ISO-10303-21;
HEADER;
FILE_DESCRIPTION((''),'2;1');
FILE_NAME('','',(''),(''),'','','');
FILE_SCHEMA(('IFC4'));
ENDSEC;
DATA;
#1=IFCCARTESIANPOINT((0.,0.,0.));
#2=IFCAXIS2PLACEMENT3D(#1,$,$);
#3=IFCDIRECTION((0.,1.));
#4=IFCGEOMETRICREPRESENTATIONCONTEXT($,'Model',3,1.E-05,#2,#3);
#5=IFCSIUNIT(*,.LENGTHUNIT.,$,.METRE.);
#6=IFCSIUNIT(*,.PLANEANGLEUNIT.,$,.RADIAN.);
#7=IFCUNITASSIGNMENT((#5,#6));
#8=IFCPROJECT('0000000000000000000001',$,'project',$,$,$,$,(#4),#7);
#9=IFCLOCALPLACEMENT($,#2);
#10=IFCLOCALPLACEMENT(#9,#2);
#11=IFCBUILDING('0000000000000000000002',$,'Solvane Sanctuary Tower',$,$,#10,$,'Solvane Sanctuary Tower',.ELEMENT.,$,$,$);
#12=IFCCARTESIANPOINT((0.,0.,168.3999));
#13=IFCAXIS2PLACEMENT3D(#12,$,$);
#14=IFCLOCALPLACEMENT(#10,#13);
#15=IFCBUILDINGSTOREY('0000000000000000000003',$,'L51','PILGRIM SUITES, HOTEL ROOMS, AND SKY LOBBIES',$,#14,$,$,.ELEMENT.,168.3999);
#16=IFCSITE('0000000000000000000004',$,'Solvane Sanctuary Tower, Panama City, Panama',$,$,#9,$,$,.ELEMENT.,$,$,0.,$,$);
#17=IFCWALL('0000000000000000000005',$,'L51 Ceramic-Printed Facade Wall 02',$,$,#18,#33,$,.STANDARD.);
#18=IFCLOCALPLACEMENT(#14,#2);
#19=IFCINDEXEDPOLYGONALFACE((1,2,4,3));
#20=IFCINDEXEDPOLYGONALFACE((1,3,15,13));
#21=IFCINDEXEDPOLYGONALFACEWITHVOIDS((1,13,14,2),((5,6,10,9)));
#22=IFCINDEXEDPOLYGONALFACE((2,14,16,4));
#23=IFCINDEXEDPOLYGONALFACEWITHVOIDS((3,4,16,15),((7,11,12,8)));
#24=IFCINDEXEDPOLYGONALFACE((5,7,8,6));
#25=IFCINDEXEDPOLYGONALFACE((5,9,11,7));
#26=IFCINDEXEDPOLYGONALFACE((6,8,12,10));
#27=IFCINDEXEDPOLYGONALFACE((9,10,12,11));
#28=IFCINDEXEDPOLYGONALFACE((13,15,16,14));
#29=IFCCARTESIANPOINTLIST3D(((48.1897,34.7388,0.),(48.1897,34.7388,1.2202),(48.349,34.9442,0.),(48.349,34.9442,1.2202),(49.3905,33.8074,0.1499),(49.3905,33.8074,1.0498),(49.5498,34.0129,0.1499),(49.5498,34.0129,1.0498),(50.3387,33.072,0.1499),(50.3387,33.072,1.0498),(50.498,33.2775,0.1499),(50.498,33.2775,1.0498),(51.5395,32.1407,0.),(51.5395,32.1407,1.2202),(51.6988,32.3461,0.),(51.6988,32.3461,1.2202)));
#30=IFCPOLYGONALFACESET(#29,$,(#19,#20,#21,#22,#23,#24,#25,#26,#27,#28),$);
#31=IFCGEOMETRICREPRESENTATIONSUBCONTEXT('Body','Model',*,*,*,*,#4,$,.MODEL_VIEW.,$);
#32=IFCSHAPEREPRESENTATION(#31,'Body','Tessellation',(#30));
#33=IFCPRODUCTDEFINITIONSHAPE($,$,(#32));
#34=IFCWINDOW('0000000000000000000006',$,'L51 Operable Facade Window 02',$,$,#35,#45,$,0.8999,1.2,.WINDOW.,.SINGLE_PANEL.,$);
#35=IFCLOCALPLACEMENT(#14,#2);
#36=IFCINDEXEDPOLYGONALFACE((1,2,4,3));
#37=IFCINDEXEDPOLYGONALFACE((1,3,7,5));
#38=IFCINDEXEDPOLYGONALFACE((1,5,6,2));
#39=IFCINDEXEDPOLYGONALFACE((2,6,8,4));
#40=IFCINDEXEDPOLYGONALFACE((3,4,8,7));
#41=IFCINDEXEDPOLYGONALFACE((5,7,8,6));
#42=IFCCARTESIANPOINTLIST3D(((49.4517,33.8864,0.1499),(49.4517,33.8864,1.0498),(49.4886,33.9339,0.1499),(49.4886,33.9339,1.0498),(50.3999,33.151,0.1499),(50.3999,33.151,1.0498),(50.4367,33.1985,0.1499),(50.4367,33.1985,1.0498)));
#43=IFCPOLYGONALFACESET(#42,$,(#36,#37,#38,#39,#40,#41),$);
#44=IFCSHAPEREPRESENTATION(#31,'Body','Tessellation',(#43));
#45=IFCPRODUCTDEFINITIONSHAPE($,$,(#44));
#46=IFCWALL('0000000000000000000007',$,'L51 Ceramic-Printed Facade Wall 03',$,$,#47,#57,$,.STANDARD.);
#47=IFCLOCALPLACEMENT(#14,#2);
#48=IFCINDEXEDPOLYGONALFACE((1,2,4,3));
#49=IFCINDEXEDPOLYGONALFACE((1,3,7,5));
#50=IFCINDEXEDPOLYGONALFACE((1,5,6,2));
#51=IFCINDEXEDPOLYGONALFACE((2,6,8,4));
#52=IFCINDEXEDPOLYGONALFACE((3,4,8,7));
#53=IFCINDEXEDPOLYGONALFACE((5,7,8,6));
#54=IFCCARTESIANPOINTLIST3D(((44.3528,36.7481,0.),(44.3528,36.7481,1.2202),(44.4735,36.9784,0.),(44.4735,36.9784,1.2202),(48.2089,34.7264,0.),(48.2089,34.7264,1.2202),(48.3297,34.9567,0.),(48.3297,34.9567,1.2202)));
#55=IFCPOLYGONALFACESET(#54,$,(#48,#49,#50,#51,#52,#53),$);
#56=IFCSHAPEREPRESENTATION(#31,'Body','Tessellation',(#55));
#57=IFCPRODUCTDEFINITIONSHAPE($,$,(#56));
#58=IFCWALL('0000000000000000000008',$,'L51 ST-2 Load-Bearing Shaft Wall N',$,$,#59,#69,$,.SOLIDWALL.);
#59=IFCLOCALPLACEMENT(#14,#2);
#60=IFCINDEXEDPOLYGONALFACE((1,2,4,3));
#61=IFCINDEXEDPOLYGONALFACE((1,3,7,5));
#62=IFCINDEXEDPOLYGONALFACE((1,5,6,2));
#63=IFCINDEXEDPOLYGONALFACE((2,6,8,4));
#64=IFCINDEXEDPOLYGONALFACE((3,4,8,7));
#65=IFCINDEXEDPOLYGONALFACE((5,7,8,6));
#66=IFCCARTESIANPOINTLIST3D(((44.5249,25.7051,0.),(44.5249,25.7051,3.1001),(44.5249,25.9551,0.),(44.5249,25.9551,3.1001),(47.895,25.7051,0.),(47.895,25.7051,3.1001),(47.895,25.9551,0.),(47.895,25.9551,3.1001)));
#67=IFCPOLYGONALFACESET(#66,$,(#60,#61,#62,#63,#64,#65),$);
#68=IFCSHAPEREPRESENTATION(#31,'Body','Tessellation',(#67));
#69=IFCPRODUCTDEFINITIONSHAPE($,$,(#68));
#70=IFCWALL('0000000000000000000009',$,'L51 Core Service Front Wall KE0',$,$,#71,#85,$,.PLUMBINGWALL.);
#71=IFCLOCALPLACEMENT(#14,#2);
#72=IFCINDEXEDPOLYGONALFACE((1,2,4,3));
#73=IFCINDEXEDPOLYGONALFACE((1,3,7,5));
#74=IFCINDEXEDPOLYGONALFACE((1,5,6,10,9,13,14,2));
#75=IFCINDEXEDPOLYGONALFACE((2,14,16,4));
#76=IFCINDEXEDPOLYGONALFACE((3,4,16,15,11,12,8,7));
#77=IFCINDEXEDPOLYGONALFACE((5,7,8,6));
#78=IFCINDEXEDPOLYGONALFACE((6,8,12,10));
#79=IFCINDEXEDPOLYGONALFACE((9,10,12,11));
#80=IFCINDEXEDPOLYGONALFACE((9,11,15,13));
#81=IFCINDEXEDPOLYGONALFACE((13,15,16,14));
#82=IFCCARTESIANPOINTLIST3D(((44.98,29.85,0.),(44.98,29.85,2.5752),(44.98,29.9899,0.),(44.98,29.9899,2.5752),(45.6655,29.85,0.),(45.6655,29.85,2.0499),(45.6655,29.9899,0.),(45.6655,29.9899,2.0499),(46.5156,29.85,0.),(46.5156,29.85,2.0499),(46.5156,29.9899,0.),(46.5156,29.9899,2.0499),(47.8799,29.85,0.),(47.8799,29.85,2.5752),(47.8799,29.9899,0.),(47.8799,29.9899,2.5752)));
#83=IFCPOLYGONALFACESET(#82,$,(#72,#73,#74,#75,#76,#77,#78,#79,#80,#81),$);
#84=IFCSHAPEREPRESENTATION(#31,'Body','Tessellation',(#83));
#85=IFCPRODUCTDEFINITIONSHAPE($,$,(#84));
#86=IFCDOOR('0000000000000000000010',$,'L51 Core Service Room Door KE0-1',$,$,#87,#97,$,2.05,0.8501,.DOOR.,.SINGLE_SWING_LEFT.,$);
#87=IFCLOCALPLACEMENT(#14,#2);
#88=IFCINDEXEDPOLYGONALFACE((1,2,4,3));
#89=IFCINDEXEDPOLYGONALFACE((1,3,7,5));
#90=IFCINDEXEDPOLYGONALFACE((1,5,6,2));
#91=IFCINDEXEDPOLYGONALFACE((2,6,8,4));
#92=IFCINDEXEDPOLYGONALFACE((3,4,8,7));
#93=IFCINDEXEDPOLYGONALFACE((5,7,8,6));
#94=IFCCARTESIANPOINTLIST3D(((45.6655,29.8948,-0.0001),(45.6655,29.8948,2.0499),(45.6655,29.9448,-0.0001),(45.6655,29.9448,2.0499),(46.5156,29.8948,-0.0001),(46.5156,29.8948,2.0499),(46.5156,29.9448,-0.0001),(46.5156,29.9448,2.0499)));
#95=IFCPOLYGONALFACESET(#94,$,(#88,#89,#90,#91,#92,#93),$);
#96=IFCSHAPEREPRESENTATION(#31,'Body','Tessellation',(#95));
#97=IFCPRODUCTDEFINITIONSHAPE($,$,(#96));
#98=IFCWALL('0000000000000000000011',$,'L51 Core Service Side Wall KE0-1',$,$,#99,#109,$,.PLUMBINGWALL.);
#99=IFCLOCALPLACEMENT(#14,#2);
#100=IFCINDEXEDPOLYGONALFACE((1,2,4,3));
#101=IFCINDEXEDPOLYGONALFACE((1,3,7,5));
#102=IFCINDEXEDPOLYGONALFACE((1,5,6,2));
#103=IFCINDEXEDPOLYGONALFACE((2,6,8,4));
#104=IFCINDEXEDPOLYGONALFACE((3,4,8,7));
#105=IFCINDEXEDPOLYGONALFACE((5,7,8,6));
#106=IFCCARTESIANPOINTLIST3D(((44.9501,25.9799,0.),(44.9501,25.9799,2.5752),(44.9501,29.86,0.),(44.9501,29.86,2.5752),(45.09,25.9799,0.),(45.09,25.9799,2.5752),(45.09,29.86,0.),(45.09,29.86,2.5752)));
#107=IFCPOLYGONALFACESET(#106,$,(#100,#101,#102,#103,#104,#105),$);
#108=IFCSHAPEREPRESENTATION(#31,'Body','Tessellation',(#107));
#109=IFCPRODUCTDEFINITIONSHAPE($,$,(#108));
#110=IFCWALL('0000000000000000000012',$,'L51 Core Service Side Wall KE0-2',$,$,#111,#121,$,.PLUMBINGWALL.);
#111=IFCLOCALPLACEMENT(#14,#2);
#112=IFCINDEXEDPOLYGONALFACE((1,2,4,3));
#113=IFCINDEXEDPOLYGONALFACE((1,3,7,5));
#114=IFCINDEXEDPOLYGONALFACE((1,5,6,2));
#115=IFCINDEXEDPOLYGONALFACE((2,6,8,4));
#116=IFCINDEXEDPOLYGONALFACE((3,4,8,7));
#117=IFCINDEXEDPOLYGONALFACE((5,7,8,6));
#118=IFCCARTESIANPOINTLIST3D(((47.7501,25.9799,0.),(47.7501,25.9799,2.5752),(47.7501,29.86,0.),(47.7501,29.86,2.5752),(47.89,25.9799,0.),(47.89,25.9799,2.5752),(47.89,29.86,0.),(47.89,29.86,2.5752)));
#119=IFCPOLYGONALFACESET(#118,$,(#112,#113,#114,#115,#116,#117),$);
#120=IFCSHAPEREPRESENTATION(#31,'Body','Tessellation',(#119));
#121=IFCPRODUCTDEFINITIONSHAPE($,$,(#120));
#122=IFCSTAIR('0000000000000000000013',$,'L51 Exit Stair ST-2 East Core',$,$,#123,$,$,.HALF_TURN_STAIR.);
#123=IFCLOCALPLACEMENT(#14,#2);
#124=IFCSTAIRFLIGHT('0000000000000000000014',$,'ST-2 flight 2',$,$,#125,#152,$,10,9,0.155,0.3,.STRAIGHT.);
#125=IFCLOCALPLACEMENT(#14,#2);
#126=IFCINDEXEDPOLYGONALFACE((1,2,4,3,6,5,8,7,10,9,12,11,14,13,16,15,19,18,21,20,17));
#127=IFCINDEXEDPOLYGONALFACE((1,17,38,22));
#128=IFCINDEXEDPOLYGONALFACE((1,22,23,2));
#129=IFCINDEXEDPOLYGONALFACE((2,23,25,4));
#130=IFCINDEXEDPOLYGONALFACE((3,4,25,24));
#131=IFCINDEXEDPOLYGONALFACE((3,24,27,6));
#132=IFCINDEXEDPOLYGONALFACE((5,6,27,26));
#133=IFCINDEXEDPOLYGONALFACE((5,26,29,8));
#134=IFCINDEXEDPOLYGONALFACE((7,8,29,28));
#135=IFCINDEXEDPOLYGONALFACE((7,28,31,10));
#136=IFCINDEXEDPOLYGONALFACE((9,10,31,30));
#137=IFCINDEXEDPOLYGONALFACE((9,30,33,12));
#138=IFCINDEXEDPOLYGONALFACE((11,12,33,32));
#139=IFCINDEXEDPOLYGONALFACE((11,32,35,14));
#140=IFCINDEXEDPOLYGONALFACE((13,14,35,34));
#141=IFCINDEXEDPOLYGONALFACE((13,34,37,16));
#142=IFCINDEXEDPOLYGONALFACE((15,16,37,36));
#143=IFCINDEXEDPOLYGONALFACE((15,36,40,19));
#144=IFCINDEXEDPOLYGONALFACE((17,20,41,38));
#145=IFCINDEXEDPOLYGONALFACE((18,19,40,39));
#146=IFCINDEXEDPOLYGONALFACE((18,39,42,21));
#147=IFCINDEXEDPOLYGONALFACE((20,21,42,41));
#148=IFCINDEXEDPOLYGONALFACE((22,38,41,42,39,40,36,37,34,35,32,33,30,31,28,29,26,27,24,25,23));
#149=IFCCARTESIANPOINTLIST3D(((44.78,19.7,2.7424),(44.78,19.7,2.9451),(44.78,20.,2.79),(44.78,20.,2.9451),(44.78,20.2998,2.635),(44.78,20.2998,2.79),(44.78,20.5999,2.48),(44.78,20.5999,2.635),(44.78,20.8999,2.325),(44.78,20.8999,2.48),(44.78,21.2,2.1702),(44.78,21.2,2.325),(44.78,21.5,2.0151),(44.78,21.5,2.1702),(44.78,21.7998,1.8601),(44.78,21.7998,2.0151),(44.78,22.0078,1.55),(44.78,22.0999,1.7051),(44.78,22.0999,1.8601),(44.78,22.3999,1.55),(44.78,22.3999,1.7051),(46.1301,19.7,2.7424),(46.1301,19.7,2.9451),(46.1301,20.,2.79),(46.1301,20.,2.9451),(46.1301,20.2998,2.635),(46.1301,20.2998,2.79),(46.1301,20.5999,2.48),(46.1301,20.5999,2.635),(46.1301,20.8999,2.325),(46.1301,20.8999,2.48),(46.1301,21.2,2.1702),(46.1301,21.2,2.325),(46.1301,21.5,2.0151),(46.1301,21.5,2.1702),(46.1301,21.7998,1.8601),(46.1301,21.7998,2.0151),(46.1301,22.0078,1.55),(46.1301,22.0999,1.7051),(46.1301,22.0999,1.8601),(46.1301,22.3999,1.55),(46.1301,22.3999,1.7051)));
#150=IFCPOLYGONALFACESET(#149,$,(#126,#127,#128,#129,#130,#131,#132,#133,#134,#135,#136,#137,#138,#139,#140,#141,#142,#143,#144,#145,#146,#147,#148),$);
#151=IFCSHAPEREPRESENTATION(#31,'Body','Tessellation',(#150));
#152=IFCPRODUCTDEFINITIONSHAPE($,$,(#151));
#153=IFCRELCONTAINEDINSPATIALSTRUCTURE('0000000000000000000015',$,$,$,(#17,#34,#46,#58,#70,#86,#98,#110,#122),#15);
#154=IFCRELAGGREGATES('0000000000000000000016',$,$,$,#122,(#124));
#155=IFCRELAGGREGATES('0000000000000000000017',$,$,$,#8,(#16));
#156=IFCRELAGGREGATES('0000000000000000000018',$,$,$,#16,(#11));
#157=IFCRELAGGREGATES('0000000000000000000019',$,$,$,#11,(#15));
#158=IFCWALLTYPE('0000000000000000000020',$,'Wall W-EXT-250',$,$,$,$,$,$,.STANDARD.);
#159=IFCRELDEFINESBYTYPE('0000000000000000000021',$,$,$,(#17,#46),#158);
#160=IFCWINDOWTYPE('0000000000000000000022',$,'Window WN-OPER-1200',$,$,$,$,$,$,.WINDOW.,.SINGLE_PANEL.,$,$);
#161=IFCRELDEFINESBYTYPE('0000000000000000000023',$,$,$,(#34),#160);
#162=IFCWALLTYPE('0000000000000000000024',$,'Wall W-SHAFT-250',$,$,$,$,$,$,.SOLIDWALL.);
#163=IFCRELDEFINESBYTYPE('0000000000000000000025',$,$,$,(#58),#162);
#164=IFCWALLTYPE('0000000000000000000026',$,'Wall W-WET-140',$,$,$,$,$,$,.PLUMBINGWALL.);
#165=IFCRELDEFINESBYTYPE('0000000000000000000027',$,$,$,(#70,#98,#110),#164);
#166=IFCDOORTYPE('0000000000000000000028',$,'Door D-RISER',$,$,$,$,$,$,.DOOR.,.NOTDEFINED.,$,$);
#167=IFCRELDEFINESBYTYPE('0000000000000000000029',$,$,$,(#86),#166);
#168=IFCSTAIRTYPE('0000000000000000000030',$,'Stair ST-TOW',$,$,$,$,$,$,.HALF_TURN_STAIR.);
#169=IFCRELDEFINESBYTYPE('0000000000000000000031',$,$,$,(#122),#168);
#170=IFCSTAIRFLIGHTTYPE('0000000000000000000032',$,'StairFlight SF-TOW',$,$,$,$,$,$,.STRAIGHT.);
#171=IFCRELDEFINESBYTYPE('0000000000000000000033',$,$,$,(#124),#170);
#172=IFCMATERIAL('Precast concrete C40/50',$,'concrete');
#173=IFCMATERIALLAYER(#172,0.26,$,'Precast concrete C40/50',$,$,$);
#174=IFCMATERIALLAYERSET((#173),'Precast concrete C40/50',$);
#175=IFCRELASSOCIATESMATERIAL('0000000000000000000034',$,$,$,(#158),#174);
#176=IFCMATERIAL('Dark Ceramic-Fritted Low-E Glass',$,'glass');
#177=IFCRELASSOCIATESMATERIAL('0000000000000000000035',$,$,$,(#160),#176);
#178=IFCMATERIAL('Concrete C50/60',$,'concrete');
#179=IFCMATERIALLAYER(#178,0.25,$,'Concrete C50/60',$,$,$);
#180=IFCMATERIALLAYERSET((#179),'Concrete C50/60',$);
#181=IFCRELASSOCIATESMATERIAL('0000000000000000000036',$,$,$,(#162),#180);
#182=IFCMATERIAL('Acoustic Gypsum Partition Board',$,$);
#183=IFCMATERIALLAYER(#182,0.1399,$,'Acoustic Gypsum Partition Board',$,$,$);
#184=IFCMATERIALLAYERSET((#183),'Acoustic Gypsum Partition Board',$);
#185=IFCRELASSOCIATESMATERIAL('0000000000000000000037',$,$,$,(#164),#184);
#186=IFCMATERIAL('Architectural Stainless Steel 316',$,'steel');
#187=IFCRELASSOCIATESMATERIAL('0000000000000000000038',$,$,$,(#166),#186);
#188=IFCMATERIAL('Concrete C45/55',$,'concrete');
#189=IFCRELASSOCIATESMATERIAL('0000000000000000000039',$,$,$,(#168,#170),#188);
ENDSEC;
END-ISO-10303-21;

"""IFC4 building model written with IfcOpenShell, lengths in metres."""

from ifc_helpers import new_model, si_unit, direction, frame, frame_2d, origin, place, context, subcontext, project, spatial, polyline, rectangle, outline, extrude, material, layer, layer_set, type_object, element, fill, aggregate, save


model = new_model("IFC4")

# Units and contexts
model_context = context("Model", 3, precision=1e-05, world=origin(), true_north=direction((0.0, 1.0)))
body_context = subcontext(model_context, "Body", "Model", "MODEL_VIEW")
ifc_project = project(units=[si_unit("LENGTHUNIT", "METRE"), si_unit("PLANEANGLEUNIT", "RADIAN")], contexts=[model_context])

# Site, building, storey
site_placement = place(None, origin())
site = spatial("IfcSite", under=ifc_project, at=site_placement, Name="Solvane Sanctuary Tower, Panama City, Panama", CompositionType="ELEMENT", RefElevation=0.0)
building_placement = place(site_placement, origin())
building = spatial("IfcBuilding", under=site, at=building_placement, Name="Solvane Sanctuary Tower", LongName="Solvane Sanctuary Tower", CompositionType="ELEMENT")
storey_placement = place(building_placement, frame((0.0, 0.0, 168.3999)))
storey = spatial("IfcBuildingStorey", under=building, at=storey_placement, Name="L51", Description="PILGRIM SUITES, HOTEL ROOMS, AND SKY LOBBIES", CompositionType="ELEMENT", Elevation=168.3999)

# Shared definitions
ifc_material_1 = material(Name="Acoustic Gypsum Partition Board")

# Wall, opening, window
ifc_material_2 = material(Name="Precast concrete C40/50", Category="concrete")
ifc_layer_1 = layer(ifc_material_2, 0.26, Name="Precast concrete C40/50")
ifc_layer_set_1 = layer_set([ifc_layer_1], Name="Precast concrete C40/50")
wall_type_1 = type_object("IfcWallType", Name="Wall W-EXT-250", PredefinedType="STANDARD", material=ifc_layer_set_1)
ifc_material_3 = material(Name="Dark Ceramic-Fritted Low-E Glass", Category="glass")
window_type_1 = type_object("IfcWindowType", Name="Window WN-OPER-1200", PartitioningType="SINGLE_PANEL", PredefinedType="WINDOW", material=ifc_material_3)
wall_1_placement = place(storey_placement, frame((51.6191, 32.2434, 0.0), z_axis=(0.0, 0.0, 1.0), x_axis=(-0.790186, 0.612868, 0.0)))
wall_1 = element("IfcWall", 1, at=wall_1_placement, inside=storey, type_object=wall_type_1, Name="L51 Ceramic-Printed Facade Wall 02", PredefinedType="STANDARD", context=body_context, shape_type="SweptSolid", body=[
    extrude(rectangle(XDim=4.2393, YDim=0.26, at=frame_2d((2.1196, 0.0))), origin(), (0.0, 0.0, 1.0), 1.2202),
])
opening_1_placement = place(wall_1_placement, frame((1.5195, 0.0, 0.1499)))
opening_1 = element("IfcOpeningElement", 2, at=opening_1_placement, cuts=wall_1, PredefinedType="OPENING", context=body_context, shape_type="SweptSolid", body=[
    extrude(rectangle(XDim=1.2, YDim=0.8999, at=frame_2d((0.6001, 0.45))), frame((0.0, 0.1399, 0.0), z_axis=(0.0, -1.0, 0.0), x_axis=(1.0, 0.0, 0.0)), (0.0, 0.0, 1.0), 0.28),
])
window_1_placement = place(opening_1_placement, origin())
window_1 = element("IfcWindow", 3, at=window_1_placement, inside=storey, type_object=window_type_1, Name="L51 Operable Facade Window 02", OverallHeight=0.8999, OverallWidth=1.2, PartitioningType="SINGLE_PANEL", PredefinedType="WINDOW", context=body_context, shape_type="SweptSolid", body=[
    extrude(rectangle(XDim=1.2, YDim=0.8999, at=frame_2d((0.6001, 0.45))), frame((0.0, 0.03, 0.0), z_axis=(0.0, -1.0, 0.0), x_axis=(1.0, 0.0, 0.0)), (0.0, 0.0, 1.0), 0.0601),
])
fill(opening_1, window_1)

# Walls
wall_2_placement = place(storey_placement, frame((48.2693, 34.8416, 0.0), z_axis=(0.0, 0.0, 1.0), x_axis=(-0.88566, 0.464334, 0.0)))
element("IfcWall", 4, at=wall_2_placement, inside=storey, type_object=wall_type_1, Name="L51 Ceramic-Printed Facade Wall 03", PredefinedType="STANDARD", context=body_context, shape_type="SweptSolid", body=[
    extrude(rectangle(XDim=4.354, YDim=0.26, at=frame_2d((2.177, 0.0))), origin(), (0.0, 0.0, 1.0), 1.2202),
])
ifc_material_4 = material(Name="Concrete C50/60", Category="concrete")
ifc_layer_2 = layer(ifc_material_4, 0.25, Name="Concrete C50/60")
ifc_layer_set_2 = layer_set([ifc_layer_2], Name="Concrete C50/60")
wall_type_2 = type_object("IfcWallType", Name="Wall W-SHAFT-250", PredefinedType="SOLIDWALL", material=ifc_layer_set_2)
wall_3_placement = place(storey_placement, frame((44.5249, 25.8301, 0.0), z_axis=(0.0, 0.0, 1.0), x_axis=(1.0, 0.0, 0.0)))
element("IfcWall", 5, at=wall_3_placement, inside=storey, type_object=wall_type_2, Name="L51 ST-2 Load-Bearing Shaft Wall N", PredefinedType="SOLIDWALL", context=body_context, shape_type="SweptSolid", body=[
    extrude(rectangle(XDim=3.3701, YDim=0.25, at=frame_2d((1.6851, 0.0))), origin(), (0.0, 0.0, 1.0), 3.1001),
])

# Wall, opening, door
ifc_layer_3 = layer(ifc_material_1, 0.1399, Name="Acoustic Gypsum Partition Board")
ifc_layer_set_3 = layer_set([ifc_layer_3], Name="Acoustic Gypsum Partition Board")
wall_type_3 = type_object("IfcWallType", Name="Wall W-WET-140", PredefinedType="PLUMBINGWALL", material=ifc_layer_set_3)
wall_4_placement = place(storey_placement, frame((44.98, 29.9199, 0.0), z_axis=(0.0, 0.0, 1.0), x_axis=(1.0, 0.0, 0.0)))
wall_4 = element("IfcWall", 6, at=wall_4_placement, inside=storey, type_object=wall_type_3, Name="L51 Core Service Front Wall KE0", PredefinedType="PLUMBINGWALL", context=body_context, shape_type="SweptSolid", body=[
    extrude(rectangle(XDim=2.8999, YDim=0.1399, at=frame_2d((1.45, 0.0))), origin(), (0.0, 0.0, 1.0), 2.5752),
])
opening_2_placement = place(wall_4_placement, frame((0.6855, 0.0, 0.0)))
opening_2 = element("IfcOpeningElement", 7, at=opening_2_placement, cuts=wall_4, PredefinedType="OPENING", context=body_context, shape_type="SweptSolid", body=[
    extrude(rectangle(XDim=0.8501, YDim=2.05, at=frame_2d((0.425, 1.0249))), frame((0.0, 0.0798, 0.0), z_axis=(0.0, -1.0, 0.0), x_axis=(1.0, 0.0, 0.0)), (0.0, 0.0, 1.0), 0.1599),
])
ifc_material_5 = material(Name="Architectural Stainless Steel 316", Category="steel")
door_type = type_object("IfcDoorType", Name="Door D-RISER", OperationType="NOTDEFINED", PredefinedType="DOOR", material=ifc_material_5)
door_placement = place(opening_2_placement, origin())
door = element("IfcDoor", 8, at=door_placement, inside=storey, type_object=door_type, Name="L51 Core Service Room Door KE0-1", OperationType="SINGLE_SWING_LEFT", OverallHeight=2.05, OverallWidth=0.8501, PredefinedType="DOOR", context=body_context, shape_type="SweptSolid", body=[
    extrude(rectangle(XDim=0.8501, YDim=2.05, at=frame_2d((0.425, 1.0249))), frame((0.0, 0.0249, 0.0), z_axis=(0.0, -1.0, 0.0), x_axis=(1.0, 0.0, 0.0)), (0.0, 0.0, 1.0), 0.05),
])
fill(opening_2, door)

# Walls
for number, where, z_axis, x_axis, name in (
    (9, (45.02, 25.98, 0.0), (0.0, 0.0, 1.0), (0.0, 1.0, 0.0), "L51 Core Service Side Wall KE0-1"),
    (10, (47.8201, 25.98, 0.0), (0.0, 0.0, 1.0), (0.0, 1.0, 0.0), "L51 Core Service Side Wall KE0-2"),
):
    element("IfcWall", number, at=place(storey_placement, frame(where, z_axis=z_axis, x_axis=x_axis)), inside=storey, type_object=wall_type_3, Name=name, PredefinedType="PLUMBINGWALL", context=body_context, shape_type="SweptSolid", body=[
        extrude(rectangle(XDim=3.8801, YDim=0.1399, at=frame_2d((1.9399, 0.0))), origin(), (0.0, 0.0, 1.0), 2.5752),
    ])

# Stair, stair flight
ifc_material_6 = material(Name="Concrete C45/55", Category="concrete")
stair_type = type_object("IfcStairType", Name="Stair ST-TOW", PredefinedType="HALF_TURN_STAIR", material=ifc_material_6)
stair_placement = place(storey_placement, origin())
stair = element("IfcStair", 11, at=stair_placement, inside=storey, type_object=stair_type, Name="L51 Exit Stair ST-2 East Core", PredefinedType="HALF_TURN_STAIR")
stair_flight_type = type_object("IfcStairFlightType", Name="StairFlight SF-TOW", PredefinedType="STRAIGHT", material=ifc_material_6)
stair_flight_placement = place(storey_placement, frame((45.4551, 22.3999, 1.55), z_axis=(0.0, 0.0, 1.0), x_axis=(0.0, -1.0, 0.0)))
stair_flight = element("IfcStairFlight", 12, at=stair_flight_placement, type_object=stair_flight_type, Name="ST-2 flight 2", NumberOfRisers=10, NumberOfTreads=9, PredefinedType="STRAIGHT", RiserHeight=0.155, TreadLength=0.3, context=body_context, shape_type="SweptSolid", body=[
    extrude(outline(polyline([(0.0, 0.0), (0.0, 0.155), (0.3, 0.155), (0.3, 0.3101), (0.6001, 0.3101), (0.6001, 0.4651), (0.8999, 0.4651), (0.8999, 0.6201), (1.2, 0.6201), (1.2, 0.7749), (1.5, 0.7749), (1.5, 0.9299), (1.8, 0.9299), (1.8, 1.085), (2.1001, 1.085), (2.1001, 1.24), (2.3999, 1.24), (2.3999, 1.395), (2.7, 1.395), (2.7, 1.55), (2.7, 1.1924), (0.3921, 0.0), (0.0, 0.0)])), frame((0.0, 0.675, 0.0), z_axis=(0.0, -1.0, 0.0), x_axis=(1.0, 0.0, 0.0)), (0.0, 0.0, 1.0), 1.3501),
])
aggregate(stair, [stair_flight])

save(model, "model.ifc")
